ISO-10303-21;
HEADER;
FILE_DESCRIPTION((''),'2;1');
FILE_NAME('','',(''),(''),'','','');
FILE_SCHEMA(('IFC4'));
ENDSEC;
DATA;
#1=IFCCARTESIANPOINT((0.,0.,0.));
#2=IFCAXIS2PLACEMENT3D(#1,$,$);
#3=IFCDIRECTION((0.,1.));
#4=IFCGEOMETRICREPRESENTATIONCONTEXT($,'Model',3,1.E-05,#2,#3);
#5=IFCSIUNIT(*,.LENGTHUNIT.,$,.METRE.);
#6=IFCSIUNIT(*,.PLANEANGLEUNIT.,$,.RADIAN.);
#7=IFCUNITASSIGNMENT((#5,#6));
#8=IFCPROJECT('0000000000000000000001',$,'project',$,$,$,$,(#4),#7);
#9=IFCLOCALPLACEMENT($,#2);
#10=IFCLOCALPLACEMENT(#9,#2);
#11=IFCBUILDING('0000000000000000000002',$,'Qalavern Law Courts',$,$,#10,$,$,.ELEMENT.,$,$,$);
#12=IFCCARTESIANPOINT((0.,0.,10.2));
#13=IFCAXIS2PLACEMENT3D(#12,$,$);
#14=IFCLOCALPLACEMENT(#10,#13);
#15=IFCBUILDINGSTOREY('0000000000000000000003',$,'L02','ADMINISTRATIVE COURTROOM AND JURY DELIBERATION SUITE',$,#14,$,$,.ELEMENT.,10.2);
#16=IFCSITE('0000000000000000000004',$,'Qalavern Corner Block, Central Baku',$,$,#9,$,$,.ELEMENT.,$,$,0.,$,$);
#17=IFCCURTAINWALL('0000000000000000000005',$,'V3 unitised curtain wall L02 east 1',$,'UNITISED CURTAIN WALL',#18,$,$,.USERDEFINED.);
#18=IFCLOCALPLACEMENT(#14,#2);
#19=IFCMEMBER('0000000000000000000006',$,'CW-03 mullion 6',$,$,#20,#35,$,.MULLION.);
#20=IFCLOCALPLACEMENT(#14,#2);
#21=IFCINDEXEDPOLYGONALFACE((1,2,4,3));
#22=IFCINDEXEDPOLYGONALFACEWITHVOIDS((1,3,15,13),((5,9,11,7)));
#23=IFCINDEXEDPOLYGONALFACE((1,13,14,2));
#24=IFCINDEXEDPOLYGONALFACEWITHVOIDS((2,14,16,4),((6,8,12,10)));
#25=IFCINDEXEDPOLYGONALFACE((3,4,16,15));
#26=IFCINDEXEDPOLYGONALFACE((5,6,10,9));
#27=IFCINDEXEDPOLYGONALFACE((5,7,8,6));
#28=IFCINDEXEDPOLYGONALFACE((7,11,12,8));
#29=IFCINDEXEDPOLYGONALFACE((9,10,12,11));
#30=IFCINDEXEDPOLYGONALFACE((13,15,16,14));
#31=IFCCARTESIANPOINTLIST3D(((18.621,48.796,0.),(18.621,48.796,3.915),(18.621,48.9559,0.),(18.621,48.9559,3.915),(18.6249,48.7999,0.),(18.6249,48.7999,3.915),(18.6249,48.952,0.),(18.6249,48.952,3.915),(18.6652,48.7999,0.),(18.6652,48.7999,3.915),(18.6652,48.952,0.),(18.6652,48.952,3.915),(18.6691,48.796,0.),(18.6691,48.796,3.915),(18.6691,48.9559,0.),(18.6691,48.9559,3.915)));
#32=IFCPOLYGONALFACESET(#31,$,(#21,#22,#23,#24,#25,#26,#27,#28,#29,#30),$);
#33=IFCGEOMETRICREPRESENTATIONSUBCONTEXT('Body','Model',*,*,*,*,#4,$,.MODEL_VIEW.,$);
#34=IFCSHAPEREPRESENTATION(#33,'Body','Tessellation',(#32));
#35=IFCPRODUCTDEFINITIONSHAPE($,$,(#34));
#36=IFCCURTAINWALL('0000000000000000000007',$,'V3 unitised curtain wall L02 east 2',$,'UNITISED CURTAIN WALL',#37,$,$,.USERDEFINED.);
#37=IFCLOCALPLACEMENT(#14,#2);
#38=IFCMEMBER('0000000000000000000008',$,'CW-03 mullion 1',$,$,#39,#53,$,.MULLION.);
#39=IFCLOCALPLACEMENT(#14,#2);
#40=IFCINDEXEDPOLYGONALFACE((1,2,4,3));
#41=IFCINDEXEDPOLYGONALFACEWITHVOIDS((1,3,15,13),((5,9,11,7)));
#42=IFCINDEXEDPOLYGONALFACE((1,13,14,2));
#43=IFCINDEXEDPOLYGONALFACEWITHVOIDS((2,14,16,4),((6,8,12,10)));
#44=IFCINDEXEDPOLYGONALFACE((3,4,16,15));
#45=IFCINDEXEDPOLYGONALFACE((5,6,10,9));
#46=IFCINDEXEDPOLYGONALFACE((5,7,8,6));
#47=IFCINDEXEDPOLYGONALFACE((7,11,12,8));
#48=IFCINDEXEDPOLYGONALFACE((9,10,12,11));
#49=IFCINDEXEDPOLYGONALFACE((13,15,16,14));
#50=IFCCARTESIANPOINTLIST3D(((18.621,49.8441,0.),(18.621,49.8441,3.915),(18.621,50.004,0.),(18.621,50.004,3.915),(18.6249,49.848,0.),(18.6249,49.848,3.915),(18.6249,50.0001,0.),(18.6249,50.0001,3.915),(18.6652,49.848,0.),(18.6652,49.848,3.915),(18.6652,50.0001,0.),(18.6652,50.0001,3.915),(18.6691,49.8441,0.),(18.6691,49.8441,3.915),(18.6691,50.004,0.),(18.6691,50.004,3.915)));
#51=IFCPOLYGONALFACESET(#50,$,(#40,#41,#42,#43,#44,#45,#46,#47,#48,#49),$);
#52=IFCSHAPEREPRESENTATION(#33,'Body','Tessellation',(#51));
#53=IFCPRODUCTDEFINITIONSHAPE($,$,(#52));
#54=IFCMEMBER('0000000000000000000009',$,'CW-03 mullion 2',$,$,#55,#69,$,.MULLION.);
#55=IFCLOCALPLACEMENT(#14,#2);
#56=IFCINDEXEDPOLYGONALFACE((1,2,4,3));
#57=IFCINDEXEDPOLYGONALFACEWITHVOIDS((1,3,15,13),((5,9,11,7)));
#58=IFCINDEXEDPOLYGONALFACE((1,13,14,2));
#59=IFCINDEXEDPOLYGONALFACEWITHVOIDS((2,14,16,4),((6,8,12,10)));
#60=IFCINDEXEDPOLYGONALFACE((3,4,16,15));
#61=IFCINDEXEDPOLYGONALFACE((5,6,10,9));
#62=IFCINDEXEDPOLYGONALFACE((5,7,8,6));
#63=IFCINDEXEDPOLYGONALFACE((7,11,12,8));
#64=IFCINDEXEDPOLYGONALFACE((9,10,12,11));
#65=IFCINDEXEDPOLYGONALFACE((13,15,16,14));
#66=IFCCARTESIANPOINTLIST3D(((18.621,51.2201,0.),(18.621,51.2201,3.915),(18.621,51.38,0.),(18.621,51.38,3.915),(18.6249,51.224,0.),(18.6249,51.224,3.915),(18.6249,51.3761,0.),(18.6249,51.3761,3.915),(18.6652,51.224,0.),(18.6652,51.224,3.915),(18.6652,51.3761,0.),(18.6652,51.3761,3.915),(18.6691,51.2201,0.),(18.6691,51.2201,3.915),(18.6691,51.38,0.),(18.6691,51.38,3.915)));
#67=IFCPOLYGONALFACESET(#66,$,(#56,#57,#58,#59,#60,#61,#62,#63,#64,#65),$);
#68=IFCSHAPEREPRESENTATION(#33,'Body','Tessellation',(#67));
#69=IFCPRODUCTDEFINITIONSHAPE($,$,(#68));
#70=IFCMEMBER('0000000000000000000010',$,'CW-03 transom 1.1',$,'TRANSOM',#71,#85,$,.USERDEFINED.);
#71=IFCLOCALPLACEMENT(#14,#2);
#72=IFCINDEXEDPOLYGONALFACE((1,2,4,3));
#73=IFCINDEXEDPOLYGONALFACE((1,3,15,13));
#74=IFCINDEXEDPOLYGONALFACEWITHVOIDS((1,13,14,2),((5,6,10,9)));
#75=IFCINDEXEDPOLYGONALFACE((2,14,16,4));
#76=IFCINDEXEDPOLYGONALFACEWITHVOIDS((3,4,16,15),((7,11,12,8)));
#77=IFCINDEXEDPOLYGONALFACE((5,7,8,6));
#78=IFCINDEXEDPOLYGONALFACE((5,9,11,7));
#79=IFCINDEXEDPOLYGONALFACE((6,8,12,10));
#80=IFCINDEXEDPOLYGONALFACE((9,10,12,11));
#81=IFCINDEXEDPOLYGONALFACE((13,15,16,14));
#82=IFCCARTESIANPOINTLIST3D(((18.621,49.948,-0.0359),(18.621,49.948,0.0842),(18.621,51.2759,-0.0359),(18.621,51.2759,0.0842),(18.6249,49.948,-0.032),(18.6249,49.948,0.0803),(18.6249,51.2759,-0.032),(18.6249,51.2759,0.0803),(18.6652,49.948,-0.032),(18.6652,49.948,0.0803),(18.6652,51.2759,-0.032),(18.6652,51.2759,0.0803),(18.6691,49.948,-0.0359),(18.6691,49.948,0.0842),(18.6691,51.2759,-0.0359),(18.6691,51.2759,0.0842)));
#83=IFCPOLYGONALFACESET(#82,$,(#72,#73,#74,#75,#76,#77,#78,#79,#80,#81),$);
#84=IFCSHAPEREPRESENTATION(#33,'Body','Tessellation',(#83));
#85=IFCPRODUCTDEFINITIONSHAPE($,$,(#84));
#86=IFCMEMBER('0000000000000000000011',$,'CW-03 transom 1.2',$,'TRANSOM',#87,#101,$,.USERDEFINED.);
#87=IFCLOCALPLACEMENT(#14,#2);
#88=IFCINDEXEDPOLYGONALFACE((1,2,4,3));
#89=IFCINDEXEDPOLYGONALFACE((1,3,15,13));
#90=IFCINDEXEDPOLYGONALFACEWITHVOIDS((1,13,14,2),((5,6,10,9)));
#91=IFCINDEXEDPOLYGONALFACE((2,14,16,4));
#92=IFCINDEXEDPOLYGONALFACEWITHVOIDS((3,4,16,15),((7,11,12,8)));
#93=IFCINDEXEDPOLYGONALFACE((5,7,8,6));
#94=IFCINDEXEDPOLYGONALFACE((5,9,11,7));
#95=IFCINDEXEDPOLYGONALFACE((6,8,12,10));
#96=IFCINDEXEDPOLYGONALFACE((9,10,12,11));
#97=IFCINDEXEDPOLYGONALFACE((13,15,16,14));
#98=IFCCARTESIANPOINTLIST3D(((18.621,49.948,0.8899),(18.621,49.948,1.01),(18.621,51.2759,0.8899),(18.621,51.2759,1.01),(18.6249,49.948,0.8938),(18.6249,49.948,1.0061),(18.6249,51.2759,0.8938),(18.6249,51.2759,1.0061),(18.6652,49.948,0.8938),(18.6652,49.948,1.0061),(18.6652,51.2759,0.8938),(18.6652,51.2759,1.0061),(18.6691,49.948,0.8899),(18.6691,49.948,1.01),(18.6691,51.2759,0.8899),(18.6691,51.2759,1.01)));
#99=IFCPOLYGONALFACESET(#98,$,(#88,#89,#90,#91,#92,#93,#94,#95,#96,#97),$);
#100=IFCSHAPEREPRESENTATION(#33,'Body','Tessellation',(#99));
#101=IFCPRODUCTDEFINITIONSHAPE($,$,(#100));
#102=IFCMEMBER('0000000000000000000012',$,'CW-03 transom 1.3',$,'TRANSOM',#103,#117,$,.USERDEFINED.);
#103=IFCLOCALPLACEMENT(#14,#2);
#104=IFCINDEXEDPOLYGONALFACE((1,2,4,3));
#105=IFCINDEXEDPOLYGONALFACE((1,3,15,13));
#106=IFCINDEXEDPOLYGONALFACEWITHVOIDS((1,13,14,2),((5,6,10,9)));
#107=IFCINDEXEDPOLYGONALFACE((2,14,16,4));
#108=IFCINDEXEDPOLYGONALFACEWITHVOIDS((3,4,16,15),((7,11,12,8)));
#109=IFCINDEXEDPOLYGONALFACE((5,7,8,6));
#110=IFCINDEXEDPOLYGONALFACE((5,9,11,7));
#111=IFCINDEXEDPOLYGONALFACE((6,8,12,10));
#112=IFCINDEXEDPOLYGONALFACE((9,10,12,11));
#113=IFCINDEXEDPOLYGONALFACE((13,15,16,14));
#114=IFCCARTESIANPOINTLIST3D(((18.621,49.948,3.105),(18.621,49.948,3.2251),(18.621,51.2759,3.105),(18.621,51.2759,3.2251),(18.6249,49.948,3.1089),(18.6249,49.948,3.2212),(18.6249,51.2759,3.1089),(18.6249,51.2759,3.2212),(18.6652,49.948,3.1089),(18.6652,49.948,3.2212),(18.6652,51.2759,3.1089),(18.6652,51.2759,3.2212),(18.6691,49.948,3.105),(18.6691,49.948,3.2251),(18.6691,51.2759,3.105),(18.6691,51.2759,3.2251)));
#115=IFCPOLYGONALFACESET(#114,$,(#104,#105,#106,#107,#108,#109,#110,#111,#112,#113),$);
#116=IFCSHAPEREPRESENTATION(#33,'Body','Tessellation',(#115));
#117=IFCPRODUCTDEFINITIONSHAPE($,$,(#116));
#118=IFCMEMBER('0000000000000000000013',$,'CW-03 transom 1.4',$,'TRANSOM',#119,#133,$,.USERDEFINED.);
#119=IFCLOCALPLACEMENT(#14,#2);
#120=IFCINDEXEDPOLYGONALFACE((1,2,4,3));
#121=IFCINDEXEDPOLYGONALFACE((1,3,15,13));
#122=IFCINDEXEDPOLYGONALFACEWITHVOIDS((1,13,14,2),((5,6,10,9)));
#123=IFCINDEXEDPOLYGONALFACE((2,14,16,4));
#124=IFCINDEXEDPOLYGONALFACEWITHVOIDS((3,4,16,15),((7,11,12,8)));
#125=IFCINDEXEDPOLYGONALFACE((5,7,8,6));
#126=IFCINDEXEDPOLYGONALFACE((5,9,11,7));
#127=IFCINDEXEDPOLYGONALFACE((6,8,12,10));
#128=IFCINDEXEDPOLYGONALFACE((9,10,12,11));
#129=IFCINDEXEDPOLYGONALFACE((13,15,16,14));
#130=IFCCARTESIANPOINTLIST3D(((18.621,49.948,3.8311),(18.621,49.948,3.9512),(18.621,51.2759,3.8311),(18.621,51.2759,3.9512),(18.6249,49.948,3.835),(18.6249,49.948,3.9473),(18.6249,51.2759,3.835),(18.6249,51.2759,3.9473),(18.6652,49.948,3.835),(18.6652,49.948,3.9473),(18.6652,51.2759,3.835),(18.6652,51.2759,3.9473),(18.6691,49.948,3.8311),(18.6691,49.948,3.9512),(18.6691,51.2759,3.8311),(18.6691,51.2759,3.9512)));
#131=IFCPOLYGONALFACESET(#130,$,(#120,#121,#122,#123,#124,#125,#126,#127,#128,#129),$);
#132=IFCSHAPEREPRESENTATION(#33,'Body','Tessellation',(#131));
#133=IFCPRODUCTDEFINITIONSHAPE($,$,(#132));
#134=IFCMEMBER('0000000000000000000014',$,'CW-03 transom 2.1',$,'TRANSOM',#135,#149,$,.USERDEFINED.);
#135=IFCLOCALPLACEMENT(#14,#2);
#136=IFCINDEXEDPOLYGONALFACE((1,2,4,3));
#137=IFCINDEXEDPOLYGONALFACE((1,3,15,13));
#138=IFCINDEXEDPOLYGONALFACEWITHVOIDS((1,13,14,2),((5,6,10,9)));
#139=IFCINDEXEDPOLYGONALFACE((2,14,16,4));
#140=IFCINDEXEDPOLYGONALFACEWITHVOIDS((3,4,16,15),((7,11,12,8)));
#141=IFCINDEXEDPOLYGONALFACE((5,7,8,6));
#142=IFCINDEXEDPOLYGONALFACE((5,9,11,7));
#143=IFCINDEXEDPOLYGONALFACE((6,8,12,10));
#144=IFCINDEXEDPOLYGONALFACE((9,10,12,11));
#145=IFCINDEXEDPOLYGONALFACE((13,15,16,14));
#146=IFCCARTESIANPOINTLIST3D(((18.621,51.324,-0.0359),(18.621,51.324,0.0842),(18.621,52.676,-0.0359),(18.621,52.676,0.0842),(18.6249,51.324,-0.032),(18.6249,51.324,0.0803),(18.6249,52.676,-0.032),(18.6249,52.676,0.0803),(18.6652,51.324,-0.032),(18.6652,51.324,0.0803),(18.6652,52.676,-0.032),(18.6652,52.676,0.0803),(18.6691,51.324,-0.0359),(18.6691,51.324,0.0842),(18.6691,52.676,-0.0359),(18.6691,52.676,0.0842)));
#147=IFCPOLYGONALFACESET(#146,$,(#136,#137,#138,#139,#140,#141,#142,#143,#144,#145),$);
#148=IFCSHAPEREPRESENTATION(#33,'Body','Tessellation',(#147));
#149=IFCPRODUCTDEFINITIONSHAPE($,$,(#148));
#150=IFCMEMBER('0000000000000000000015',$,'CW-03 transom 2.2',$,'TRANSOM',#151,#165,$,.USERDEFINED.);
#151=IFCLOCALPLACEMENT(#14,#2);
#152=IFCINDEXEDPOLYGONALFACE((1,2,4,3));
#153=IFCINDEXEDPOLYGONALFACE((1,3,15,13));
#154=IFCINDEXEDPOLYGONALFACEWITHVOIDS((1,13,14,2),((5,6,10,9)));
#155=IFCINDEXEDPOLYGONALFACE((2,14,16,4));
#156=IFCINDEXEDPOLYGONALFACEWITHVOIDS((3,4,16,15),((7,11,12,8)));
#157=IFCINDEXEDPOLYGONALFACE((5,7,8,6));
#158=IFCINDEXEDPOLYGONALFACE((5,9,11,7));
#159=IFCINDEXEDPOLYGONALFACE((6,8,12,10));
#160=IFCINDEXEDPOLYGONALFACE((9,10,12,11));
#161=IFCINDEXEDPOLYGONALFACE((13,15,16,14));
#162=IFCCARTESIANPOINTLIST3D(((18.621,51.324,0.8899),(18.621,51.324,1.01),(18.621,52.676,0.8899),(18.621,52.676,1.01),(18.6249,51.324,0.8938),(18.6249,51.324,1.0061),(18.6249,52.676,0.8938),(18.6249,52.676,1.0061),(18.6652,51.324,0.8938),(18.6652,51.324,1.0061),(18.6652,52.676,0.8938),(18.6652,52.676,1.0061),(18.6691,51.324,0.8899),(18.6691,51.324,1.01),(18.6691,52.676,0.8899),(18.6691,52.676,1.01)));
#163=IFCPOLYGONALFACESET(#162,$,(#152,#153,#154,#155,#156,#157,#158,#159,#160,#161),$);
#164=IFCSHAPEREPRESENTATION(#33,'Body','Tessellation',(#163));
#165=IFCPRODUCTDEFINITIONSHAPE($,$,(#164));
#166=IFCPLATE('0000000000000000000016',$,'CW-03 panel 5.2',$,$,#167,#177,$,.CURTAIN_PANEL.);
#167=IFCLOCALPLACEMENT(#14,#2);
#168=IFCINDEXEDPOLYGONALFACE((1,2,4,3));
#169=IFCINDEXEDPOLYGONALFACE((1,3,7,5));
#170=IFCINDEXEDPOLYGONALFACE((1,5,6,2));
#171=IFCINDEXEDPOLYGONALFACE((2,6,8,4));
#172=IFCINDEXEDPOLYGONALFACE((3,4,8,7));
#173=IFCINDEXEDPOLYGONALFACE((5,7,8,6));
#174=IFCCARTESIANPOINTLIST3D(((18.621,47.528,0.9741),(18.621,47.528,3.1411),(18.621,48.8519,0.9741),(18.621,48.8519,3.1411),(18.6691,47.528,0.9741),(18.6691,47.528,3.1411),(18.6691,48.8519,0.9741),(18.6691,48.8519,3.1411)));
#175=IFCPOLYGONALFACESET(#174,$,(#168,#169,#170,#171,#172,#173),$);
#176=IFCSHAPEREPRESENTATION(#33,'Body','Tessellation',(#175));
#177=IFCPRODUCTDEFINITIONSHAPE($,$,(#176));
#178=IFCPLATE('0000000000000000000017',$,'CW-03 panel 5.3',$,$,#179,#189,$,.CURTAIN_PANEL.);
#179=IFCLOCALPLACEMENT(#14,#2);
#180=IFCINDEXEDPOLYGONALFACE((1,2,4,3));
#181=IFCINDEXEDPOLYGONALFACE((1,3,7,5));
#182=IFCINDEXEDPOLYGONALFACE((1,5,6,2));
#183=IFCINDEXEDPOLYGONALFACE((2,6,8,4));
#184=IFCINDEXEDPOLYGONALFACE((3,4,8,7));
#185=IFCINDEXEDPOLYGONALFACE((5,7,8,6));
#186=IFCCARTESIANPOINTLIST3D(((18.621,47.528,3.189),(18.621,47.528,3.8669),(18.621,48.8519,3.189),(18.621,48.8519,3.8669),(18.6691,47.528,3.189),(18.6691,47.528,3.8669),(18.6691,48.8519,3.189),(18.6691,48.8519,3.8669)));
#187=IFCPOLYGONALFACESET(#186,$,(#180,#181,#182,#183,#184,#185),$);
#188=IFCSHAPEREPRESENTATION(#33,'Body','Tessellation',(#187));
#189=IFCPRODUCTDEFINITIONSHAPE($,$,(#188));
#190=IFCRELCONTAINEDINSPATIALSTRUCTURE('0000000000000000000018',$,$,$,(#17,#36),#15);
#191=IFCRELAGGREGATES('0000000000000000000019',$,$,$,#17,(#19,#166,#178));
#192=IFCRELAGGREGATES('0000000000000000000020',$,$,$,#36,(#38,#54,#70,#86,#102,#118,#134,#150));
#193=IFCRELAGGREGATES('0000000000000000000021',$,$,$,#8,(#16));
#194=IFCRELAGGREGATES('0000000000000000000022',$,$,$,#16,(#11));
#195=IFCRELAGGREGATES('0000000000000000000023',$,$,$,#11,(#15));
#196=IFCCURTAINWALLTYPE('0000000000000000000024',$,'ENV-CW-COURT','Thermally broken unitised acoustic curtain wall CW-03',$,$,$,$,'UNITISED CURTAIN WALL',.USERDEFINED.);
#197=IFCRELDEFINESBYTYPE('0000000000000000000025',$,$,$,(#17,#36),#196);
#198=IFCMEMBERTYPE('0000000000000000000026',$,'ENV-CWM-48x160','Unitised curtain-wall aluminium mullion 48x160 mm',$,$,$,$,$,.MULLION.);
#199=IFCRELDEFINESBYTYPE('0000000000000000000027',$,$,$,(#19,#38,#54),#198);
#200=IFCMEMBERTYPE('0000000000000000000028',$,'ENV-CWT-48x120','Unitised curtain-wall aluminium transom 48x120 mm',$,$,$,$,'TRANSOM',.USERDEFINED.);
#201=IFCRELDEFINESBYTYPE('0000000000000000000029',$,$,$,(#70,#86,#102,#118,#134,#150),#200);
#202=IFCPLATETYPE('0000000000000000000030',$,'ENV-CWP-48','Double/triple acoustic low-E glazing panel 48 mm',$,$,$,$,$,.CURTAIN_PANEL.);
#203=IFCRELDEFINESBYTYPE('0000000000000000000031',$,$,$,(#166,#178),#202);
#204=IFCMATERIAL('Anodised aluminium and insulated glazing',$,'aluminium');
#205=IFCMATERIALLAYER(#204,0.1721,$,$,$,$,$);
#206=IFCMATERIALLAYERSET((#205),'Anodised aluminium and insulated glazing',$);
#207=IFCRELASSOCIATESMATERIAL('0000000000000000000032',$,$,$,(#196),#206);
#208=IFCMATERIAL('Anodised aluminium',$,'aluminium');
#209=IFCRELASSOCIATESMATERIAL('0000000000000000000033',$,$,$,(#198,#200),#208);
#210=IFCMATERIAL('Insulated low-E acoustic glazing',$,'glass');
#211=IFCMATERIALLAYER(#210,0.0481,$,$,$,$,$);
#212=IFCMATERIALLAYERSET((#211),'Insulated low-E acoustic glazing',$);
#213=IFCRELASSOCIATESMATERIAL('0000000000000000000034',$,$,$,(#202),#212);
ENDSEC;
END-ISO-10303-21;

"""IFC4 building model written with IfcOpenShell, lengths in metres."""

from ifc_helpers import new_model, si_unit, direction, frame, origin, origin_2d, place, context, subcontext, project, spatial, rectangle, hollow_rectangle, extrude, material, layer, layer_set, material_profile, profile_set, type_object, element, aggregate, save


model = new_model("IFC4")

# Units and contexts
model_context = context("Model", 3, precision=1e-05, world=origin(), true_north=direction((0.0, 1.0)))
body_context = subcontext(model_context, "Body", "Model", "MODEL_VIEW")
ifc_project = project(units=[si_unit("LENGTHUNIT", "METRE"), si_unit("PLANEANGLEUNIT", "RADIAN")], contexts=[model_context])

# Site, building, storey
site_placement = place(None, origin())
site = spatial("IfcSite", under=ifc_project, at=site_placement, Name="Qalavern Corner Block, Central Baku", CompositionType="ELEMENT", RefElevation=0.0)
building_placement = place(site_placement, origin())
building = spatial("IfcBuilding", under=site, at=building_placement, Name="Qalavern Law Courts", CompositionType="ELEMENT")
storey_placement = place(building_placement, frame((0.0, 0.0, 10.2)))
storey = spatial("IfcBuildingStorey", under=building, at=storey_placement, Name="L02", Description="ADMINISTRATIVE COURTROOM AND JURY DELIBERATION SUITE", CompositionType="ELEMENT", Elevation=10.2)

# Curtain wall, member
ifc_material_1 = material(Name="Anodised aluminium and insulated glazing", Category="aluminium")
ifc_layer_1 = layer(ifc_material_1, 0.1721)
ifc_layer_set_1 = layer_set([ifc_layer_1], Name="Anodised aluminium and insulated glazing")
curtain_wall_type = type_object("IfcCurtainWallType", Name="ENV-CW-COURT", Description="Thermally broken unitised acoustic curtain wall CW-03", ElementType="UNITISED CURTAIN WALL", PredefinedType="USERDEFINED", material=ifc_layer_set_1)
curtain_wall_1_placement = place(storey_placement, origin())
curtain_wall_1 = element("IfcCurtainWall", 1, at=curtain_wall_1_placement, inside=storey, type_object=curtain_wall_type, Name="V3 unitised curtain wall L02 east 1", ObjectType="UNITISED CURTAIN WALL", PredefinedType="USERDEFINED")
ifc_material_2 = material(Name="Anodised aluminium", Category="aluminium")
ifc_material_profile_1 = material_profile(ifc_material_2, hollow_rectangle(XDim=0.0481, YDim=0.1599, WallThickness=0.0039, at=origin_2d()), Name="ALU MULLION 48x160")
ifc_profile_set_1 = profile_set([ifc_material_profile_1], Name="Anodised aluminium")
member_type_1 = type_object("IfcMemberType", Name="ENV-CWM-48x160", Description="Unitised curtain-wall aluminium mullion 48x160 mm", PredefinedType="MULLION", material=ifc_profile_set_1)
member_1_placement = place(storey_placement, frame((18.645, 48.876, 0.0), z_axis=(0.0, 0.0, 1.0), x_axis=(-1.0, 0.0, 0.0)))
member_1 = element("IfcMember", 2, at=member_1_placement, type_object=member_type_1, Name="CW-03 mullion 6", PredefinedType="MULLION", context=body_context, shape_type="SweptSolid", body=[
    extrude(hollow_rectangle(XDim=0.0481, YDim=0.1599, WallThickness=0.0039, at=origin_2d()), origin(), (0.0, 0.0, 1.0), 3.915),
])

# Curtain wall, members
curtain_wall_2_placement = place(storey_placement, origin())
curtain_wall_2 = element("IfcCurtainWall", 3, at=curtain_wall_2_placement, inside=storey, type_object=curtain_wall_type, Name="V3 unitised curtain wall L02 east 2", ObjectType="UNITISED CURTAIN WALL", PredefinedType="USERDEFINED")
member_2_placement = place(storey_placement, frame((18.645, 49.9241, 0.0), z_axis=(0.0, 0.0, 1.0), x_axis=(-1.0, 0.0, 0.0)))
member_2 = element("IfcMember", 4, at=member_2_placement, type_object=member_type_1, Name="CW-03 mullion 1", PredefinedType="MULLION", context=body_context, shape_type="SweptSolid", body=[
    extrude(hollow_rectangle(XDim=0.0481, YDim=0.1599, WallThickness=0.0039, at=origin_2d()), origin(), (0.0, 0.0, 1.0), 3.915),
])
member_3_placement = place(storey_placement, frame((18.645, 51.3, 0.0), z_axis=(0.0, 0.0, 1.0), x_axis=(-1.0, 0.0, 0.0)))
member_3 = element("IfcMember", 5, at=member_3_placement, type_object=member_type_1, Name="CW-03 mullion 2", PredefinedType="MULLION", context=body_context, shape_type="SweptSolid", body=[
    extrude(hollow_rectangle(XDim=0.0481, YDim=0.1599, WallThickness=0.0039, at=origin_2d()), origin(), (0.0, 0.0, 1.0), 3.915),
])
ifc_material_profile_2 = material_profile(ifc_material_2, hollow_rectangle(XDim=0.0481, YDim=0.1201, WallThickness=0.0039, at=origin_2d()), Name="ALU TRANSOM 48x120")
ifc_profile_set_2 = profile_set([ifc_material_profile_2], Name="Anodised aluminium")
member_type_2 = type_object("IfcMemberType", Name="ENV-CWT-48x120", Description="Unitised curtain-wall aluminium transom 48x120 mm", ElementType="TRANSOM", PredefinedType="USERDEFINED", material=ifc_profile_set_2)
member_4_placement = place(storey_placement, frame((18.645, 49.948, 0.0242), z_axis=(0.0, 1.0, 0.0), x_axis=(-1.0, 0.0, 0.0)))
member_4 = element("IfcMember", 6, at=member_4_placement, type_object=member_type_2, Name="CW-03 transom 1.1", ObjectType="TRANSOM", PredefinedType="USERDEFINED", context=body_context, shape_type="SweptSolid", body=[
    extrude(hollow_rectangle(XDim=0.0481, YDim=0.1201, WallThickness=0.0039, at=origin_2d()), origin(), (0.0, 0.0, 1.0), 1.3279),
])
member_5_placement = place(storey_placement, frame((18.645, 49.948, 0.95), z_axis=(0.0, 1.0, 0.0), x_axis=(-1.0, 0.0, 0.0)))
member_5 = element("IfcMember", 7, at=member_5_placement, type_object=member_type_2, Name="CW-03 transom 1.2", ObjectType="TRANSOM", PredefinedType="USERDEFINED", context=body_context, shape_type="SweptSolid", body=[
    extrude(hollow_rectangle(XDim=0.0481, YDim=0.1201, WallThickness=0.0039, at=origin_2d()), origin(), (0.0, 0.0, 1.0), 1.3279),
])
member_6_placement = place(storey_placement, frame((18.645, 49.948, 3.165), z_axis=(0.0, 1.0, 0.0), x_axis=(-1.0, 0.0, 0.0)))
member_6 = element("IfcMember", 8, at=member_6_placement, type_object=member_type_2, Name="CW-03 transom 1.3", ObjectType="TRANSOM", PredefinedType="USERDEFINED", context=body_context, shape_type="SweptSolid", body=[
    extrude(hollow_rectangle(XDim=0.0481, YDim=0.1201, WallThickness=0.0039, at=origin_2d()), origin(), (0.0, 0.0, 1.0), 1.3279),
])
member_7_placement = place(storey_placement, frame((18.645, 49.948, 3.8911), z_axis=(0.0, 1.0, 0.0), x_axis=(-1.0, 0.0, 0.0)))
member_7 = element("IfcMember", 9, at=member_7_placement, type_object=member_type_2, Name="CW-03 transom 1.4", ObjectType="TRANSOM", PredefinedType="USERDEFINED", context=body_context, shape_type="SweptSolid", body=[
    extrude(hollow_rectangle(XDim=0.0481, YDim=0.1201, WallThickness=0.0039, at=origin_2d()), origin(), (0.0, 0.0, 1.0), 1.3279),
])
member_8_placement = place(storey_placement, frame((18.645, 51.324, 0.0242), z_axis=(0.0, 1.0, 0.0), x_axis=(-1.0, 0.0, 0.0)))
member_8 = element("IfcMember", 10, at=member_8_placement, type_object=member_type_2, Name="CW-03 transom 2.1", ObjectType="TRANSOM", PredefinedType="USERDEFINED", context=body_context, shape_type="SweptSolid", body=[
    extrude(hollow_rectangle(XDim=0.0481, YDim=0.1201, WallThickness=0.0039, at=origin_2d()), origin(), (0.0, 0.0, 1.0), 1.3521),
])
member_9_placement = place(storey_placement, frame((18.645, 51.324, 0.95), z_axis=(0.0, 1.0, 0.0), x_axis=(-1.0, 0.0, 0.0)))
member_9 = element("IfcMember", 11, at=member_9_placement, type_object=member_type_2, Name="CW-03 transom 2.2", ObjectType="TRANSOM", PredefinedType="USERDEFINED", context=body_context, shape_type="SweptSolid", body=[
    extrude(hollow_rectangle(XDim=0.0481, YDim=0.1201, WallThickness=0.0039, at=origin_2d()), origin(), (0.0, 0.0, 1.0), 1.3521),
])

# Plates
ifc_material_3 = material(Name="Insulated low-E acoustic glazing", Category="glass")
ifc_layer_2 = layer(ifc_material_3, 0.0481)
ifc_layer_set_2 = layer_set([ifc_layer_2], Name="Insulated low-E acoustic glazing")
plate_type_1 = type_object("IfcPlateType", Name="ENV-CWP-48", Description="Double/triple acoustic low-E glazing panel 48 mm", PredefinedType="CURTAIN_PANEL", material=ifc_layer_set_2)
plate_1_placement = place(storey_placement, frame((18.645, 48.1899, 0.9741), z_axis=(0.0, 0.0, 1.0), x_axis=(0.0, 1.0, 0.0)))
plate_1 = element("IfcPlate", 12, at=plate_1_placement, type_object=plate_type_1, Name="CW-03 panel 5.2", PredefinedType="CURTAIN_PANEL", context=body_context, shape_type="SweptSolid", body=[
    extrude(rectangle(XDim=1.324, YDim=0.0481, at=origin_2d()), origin(), (0.0, 0.0, 1.0), 2.167),
])
plate_2_placement = place(storey_placement, frame((18.645, 48.1899, 3.189), z_axis=(0.0, 0.0, 1.0), x_axis=(0.0, 1.0, 0.0)))
plate_2 = element("IfcPlate", 13, at=plate_2_placement, type_object=plate_type_1, Name="CW-03 panel 5.3", PredefinedType="CURTAIN_PANEL", context=body_context, shape_type="SweptSolid", body=[
    extrude(rectangle(XDim=1.324, YDim=0.0481, at=origin_2d()), origin(), (0.0, 0.0, 1.0), 0.678),
])
aggregate(curtain_wall_1, [member_1, plate_1, plate_2])
aggregate(curtain_wall_2, [member_2, member_3, member_4, member_5, member_6, member_7, member_8, member_9])

save(model, "model.ifc")
